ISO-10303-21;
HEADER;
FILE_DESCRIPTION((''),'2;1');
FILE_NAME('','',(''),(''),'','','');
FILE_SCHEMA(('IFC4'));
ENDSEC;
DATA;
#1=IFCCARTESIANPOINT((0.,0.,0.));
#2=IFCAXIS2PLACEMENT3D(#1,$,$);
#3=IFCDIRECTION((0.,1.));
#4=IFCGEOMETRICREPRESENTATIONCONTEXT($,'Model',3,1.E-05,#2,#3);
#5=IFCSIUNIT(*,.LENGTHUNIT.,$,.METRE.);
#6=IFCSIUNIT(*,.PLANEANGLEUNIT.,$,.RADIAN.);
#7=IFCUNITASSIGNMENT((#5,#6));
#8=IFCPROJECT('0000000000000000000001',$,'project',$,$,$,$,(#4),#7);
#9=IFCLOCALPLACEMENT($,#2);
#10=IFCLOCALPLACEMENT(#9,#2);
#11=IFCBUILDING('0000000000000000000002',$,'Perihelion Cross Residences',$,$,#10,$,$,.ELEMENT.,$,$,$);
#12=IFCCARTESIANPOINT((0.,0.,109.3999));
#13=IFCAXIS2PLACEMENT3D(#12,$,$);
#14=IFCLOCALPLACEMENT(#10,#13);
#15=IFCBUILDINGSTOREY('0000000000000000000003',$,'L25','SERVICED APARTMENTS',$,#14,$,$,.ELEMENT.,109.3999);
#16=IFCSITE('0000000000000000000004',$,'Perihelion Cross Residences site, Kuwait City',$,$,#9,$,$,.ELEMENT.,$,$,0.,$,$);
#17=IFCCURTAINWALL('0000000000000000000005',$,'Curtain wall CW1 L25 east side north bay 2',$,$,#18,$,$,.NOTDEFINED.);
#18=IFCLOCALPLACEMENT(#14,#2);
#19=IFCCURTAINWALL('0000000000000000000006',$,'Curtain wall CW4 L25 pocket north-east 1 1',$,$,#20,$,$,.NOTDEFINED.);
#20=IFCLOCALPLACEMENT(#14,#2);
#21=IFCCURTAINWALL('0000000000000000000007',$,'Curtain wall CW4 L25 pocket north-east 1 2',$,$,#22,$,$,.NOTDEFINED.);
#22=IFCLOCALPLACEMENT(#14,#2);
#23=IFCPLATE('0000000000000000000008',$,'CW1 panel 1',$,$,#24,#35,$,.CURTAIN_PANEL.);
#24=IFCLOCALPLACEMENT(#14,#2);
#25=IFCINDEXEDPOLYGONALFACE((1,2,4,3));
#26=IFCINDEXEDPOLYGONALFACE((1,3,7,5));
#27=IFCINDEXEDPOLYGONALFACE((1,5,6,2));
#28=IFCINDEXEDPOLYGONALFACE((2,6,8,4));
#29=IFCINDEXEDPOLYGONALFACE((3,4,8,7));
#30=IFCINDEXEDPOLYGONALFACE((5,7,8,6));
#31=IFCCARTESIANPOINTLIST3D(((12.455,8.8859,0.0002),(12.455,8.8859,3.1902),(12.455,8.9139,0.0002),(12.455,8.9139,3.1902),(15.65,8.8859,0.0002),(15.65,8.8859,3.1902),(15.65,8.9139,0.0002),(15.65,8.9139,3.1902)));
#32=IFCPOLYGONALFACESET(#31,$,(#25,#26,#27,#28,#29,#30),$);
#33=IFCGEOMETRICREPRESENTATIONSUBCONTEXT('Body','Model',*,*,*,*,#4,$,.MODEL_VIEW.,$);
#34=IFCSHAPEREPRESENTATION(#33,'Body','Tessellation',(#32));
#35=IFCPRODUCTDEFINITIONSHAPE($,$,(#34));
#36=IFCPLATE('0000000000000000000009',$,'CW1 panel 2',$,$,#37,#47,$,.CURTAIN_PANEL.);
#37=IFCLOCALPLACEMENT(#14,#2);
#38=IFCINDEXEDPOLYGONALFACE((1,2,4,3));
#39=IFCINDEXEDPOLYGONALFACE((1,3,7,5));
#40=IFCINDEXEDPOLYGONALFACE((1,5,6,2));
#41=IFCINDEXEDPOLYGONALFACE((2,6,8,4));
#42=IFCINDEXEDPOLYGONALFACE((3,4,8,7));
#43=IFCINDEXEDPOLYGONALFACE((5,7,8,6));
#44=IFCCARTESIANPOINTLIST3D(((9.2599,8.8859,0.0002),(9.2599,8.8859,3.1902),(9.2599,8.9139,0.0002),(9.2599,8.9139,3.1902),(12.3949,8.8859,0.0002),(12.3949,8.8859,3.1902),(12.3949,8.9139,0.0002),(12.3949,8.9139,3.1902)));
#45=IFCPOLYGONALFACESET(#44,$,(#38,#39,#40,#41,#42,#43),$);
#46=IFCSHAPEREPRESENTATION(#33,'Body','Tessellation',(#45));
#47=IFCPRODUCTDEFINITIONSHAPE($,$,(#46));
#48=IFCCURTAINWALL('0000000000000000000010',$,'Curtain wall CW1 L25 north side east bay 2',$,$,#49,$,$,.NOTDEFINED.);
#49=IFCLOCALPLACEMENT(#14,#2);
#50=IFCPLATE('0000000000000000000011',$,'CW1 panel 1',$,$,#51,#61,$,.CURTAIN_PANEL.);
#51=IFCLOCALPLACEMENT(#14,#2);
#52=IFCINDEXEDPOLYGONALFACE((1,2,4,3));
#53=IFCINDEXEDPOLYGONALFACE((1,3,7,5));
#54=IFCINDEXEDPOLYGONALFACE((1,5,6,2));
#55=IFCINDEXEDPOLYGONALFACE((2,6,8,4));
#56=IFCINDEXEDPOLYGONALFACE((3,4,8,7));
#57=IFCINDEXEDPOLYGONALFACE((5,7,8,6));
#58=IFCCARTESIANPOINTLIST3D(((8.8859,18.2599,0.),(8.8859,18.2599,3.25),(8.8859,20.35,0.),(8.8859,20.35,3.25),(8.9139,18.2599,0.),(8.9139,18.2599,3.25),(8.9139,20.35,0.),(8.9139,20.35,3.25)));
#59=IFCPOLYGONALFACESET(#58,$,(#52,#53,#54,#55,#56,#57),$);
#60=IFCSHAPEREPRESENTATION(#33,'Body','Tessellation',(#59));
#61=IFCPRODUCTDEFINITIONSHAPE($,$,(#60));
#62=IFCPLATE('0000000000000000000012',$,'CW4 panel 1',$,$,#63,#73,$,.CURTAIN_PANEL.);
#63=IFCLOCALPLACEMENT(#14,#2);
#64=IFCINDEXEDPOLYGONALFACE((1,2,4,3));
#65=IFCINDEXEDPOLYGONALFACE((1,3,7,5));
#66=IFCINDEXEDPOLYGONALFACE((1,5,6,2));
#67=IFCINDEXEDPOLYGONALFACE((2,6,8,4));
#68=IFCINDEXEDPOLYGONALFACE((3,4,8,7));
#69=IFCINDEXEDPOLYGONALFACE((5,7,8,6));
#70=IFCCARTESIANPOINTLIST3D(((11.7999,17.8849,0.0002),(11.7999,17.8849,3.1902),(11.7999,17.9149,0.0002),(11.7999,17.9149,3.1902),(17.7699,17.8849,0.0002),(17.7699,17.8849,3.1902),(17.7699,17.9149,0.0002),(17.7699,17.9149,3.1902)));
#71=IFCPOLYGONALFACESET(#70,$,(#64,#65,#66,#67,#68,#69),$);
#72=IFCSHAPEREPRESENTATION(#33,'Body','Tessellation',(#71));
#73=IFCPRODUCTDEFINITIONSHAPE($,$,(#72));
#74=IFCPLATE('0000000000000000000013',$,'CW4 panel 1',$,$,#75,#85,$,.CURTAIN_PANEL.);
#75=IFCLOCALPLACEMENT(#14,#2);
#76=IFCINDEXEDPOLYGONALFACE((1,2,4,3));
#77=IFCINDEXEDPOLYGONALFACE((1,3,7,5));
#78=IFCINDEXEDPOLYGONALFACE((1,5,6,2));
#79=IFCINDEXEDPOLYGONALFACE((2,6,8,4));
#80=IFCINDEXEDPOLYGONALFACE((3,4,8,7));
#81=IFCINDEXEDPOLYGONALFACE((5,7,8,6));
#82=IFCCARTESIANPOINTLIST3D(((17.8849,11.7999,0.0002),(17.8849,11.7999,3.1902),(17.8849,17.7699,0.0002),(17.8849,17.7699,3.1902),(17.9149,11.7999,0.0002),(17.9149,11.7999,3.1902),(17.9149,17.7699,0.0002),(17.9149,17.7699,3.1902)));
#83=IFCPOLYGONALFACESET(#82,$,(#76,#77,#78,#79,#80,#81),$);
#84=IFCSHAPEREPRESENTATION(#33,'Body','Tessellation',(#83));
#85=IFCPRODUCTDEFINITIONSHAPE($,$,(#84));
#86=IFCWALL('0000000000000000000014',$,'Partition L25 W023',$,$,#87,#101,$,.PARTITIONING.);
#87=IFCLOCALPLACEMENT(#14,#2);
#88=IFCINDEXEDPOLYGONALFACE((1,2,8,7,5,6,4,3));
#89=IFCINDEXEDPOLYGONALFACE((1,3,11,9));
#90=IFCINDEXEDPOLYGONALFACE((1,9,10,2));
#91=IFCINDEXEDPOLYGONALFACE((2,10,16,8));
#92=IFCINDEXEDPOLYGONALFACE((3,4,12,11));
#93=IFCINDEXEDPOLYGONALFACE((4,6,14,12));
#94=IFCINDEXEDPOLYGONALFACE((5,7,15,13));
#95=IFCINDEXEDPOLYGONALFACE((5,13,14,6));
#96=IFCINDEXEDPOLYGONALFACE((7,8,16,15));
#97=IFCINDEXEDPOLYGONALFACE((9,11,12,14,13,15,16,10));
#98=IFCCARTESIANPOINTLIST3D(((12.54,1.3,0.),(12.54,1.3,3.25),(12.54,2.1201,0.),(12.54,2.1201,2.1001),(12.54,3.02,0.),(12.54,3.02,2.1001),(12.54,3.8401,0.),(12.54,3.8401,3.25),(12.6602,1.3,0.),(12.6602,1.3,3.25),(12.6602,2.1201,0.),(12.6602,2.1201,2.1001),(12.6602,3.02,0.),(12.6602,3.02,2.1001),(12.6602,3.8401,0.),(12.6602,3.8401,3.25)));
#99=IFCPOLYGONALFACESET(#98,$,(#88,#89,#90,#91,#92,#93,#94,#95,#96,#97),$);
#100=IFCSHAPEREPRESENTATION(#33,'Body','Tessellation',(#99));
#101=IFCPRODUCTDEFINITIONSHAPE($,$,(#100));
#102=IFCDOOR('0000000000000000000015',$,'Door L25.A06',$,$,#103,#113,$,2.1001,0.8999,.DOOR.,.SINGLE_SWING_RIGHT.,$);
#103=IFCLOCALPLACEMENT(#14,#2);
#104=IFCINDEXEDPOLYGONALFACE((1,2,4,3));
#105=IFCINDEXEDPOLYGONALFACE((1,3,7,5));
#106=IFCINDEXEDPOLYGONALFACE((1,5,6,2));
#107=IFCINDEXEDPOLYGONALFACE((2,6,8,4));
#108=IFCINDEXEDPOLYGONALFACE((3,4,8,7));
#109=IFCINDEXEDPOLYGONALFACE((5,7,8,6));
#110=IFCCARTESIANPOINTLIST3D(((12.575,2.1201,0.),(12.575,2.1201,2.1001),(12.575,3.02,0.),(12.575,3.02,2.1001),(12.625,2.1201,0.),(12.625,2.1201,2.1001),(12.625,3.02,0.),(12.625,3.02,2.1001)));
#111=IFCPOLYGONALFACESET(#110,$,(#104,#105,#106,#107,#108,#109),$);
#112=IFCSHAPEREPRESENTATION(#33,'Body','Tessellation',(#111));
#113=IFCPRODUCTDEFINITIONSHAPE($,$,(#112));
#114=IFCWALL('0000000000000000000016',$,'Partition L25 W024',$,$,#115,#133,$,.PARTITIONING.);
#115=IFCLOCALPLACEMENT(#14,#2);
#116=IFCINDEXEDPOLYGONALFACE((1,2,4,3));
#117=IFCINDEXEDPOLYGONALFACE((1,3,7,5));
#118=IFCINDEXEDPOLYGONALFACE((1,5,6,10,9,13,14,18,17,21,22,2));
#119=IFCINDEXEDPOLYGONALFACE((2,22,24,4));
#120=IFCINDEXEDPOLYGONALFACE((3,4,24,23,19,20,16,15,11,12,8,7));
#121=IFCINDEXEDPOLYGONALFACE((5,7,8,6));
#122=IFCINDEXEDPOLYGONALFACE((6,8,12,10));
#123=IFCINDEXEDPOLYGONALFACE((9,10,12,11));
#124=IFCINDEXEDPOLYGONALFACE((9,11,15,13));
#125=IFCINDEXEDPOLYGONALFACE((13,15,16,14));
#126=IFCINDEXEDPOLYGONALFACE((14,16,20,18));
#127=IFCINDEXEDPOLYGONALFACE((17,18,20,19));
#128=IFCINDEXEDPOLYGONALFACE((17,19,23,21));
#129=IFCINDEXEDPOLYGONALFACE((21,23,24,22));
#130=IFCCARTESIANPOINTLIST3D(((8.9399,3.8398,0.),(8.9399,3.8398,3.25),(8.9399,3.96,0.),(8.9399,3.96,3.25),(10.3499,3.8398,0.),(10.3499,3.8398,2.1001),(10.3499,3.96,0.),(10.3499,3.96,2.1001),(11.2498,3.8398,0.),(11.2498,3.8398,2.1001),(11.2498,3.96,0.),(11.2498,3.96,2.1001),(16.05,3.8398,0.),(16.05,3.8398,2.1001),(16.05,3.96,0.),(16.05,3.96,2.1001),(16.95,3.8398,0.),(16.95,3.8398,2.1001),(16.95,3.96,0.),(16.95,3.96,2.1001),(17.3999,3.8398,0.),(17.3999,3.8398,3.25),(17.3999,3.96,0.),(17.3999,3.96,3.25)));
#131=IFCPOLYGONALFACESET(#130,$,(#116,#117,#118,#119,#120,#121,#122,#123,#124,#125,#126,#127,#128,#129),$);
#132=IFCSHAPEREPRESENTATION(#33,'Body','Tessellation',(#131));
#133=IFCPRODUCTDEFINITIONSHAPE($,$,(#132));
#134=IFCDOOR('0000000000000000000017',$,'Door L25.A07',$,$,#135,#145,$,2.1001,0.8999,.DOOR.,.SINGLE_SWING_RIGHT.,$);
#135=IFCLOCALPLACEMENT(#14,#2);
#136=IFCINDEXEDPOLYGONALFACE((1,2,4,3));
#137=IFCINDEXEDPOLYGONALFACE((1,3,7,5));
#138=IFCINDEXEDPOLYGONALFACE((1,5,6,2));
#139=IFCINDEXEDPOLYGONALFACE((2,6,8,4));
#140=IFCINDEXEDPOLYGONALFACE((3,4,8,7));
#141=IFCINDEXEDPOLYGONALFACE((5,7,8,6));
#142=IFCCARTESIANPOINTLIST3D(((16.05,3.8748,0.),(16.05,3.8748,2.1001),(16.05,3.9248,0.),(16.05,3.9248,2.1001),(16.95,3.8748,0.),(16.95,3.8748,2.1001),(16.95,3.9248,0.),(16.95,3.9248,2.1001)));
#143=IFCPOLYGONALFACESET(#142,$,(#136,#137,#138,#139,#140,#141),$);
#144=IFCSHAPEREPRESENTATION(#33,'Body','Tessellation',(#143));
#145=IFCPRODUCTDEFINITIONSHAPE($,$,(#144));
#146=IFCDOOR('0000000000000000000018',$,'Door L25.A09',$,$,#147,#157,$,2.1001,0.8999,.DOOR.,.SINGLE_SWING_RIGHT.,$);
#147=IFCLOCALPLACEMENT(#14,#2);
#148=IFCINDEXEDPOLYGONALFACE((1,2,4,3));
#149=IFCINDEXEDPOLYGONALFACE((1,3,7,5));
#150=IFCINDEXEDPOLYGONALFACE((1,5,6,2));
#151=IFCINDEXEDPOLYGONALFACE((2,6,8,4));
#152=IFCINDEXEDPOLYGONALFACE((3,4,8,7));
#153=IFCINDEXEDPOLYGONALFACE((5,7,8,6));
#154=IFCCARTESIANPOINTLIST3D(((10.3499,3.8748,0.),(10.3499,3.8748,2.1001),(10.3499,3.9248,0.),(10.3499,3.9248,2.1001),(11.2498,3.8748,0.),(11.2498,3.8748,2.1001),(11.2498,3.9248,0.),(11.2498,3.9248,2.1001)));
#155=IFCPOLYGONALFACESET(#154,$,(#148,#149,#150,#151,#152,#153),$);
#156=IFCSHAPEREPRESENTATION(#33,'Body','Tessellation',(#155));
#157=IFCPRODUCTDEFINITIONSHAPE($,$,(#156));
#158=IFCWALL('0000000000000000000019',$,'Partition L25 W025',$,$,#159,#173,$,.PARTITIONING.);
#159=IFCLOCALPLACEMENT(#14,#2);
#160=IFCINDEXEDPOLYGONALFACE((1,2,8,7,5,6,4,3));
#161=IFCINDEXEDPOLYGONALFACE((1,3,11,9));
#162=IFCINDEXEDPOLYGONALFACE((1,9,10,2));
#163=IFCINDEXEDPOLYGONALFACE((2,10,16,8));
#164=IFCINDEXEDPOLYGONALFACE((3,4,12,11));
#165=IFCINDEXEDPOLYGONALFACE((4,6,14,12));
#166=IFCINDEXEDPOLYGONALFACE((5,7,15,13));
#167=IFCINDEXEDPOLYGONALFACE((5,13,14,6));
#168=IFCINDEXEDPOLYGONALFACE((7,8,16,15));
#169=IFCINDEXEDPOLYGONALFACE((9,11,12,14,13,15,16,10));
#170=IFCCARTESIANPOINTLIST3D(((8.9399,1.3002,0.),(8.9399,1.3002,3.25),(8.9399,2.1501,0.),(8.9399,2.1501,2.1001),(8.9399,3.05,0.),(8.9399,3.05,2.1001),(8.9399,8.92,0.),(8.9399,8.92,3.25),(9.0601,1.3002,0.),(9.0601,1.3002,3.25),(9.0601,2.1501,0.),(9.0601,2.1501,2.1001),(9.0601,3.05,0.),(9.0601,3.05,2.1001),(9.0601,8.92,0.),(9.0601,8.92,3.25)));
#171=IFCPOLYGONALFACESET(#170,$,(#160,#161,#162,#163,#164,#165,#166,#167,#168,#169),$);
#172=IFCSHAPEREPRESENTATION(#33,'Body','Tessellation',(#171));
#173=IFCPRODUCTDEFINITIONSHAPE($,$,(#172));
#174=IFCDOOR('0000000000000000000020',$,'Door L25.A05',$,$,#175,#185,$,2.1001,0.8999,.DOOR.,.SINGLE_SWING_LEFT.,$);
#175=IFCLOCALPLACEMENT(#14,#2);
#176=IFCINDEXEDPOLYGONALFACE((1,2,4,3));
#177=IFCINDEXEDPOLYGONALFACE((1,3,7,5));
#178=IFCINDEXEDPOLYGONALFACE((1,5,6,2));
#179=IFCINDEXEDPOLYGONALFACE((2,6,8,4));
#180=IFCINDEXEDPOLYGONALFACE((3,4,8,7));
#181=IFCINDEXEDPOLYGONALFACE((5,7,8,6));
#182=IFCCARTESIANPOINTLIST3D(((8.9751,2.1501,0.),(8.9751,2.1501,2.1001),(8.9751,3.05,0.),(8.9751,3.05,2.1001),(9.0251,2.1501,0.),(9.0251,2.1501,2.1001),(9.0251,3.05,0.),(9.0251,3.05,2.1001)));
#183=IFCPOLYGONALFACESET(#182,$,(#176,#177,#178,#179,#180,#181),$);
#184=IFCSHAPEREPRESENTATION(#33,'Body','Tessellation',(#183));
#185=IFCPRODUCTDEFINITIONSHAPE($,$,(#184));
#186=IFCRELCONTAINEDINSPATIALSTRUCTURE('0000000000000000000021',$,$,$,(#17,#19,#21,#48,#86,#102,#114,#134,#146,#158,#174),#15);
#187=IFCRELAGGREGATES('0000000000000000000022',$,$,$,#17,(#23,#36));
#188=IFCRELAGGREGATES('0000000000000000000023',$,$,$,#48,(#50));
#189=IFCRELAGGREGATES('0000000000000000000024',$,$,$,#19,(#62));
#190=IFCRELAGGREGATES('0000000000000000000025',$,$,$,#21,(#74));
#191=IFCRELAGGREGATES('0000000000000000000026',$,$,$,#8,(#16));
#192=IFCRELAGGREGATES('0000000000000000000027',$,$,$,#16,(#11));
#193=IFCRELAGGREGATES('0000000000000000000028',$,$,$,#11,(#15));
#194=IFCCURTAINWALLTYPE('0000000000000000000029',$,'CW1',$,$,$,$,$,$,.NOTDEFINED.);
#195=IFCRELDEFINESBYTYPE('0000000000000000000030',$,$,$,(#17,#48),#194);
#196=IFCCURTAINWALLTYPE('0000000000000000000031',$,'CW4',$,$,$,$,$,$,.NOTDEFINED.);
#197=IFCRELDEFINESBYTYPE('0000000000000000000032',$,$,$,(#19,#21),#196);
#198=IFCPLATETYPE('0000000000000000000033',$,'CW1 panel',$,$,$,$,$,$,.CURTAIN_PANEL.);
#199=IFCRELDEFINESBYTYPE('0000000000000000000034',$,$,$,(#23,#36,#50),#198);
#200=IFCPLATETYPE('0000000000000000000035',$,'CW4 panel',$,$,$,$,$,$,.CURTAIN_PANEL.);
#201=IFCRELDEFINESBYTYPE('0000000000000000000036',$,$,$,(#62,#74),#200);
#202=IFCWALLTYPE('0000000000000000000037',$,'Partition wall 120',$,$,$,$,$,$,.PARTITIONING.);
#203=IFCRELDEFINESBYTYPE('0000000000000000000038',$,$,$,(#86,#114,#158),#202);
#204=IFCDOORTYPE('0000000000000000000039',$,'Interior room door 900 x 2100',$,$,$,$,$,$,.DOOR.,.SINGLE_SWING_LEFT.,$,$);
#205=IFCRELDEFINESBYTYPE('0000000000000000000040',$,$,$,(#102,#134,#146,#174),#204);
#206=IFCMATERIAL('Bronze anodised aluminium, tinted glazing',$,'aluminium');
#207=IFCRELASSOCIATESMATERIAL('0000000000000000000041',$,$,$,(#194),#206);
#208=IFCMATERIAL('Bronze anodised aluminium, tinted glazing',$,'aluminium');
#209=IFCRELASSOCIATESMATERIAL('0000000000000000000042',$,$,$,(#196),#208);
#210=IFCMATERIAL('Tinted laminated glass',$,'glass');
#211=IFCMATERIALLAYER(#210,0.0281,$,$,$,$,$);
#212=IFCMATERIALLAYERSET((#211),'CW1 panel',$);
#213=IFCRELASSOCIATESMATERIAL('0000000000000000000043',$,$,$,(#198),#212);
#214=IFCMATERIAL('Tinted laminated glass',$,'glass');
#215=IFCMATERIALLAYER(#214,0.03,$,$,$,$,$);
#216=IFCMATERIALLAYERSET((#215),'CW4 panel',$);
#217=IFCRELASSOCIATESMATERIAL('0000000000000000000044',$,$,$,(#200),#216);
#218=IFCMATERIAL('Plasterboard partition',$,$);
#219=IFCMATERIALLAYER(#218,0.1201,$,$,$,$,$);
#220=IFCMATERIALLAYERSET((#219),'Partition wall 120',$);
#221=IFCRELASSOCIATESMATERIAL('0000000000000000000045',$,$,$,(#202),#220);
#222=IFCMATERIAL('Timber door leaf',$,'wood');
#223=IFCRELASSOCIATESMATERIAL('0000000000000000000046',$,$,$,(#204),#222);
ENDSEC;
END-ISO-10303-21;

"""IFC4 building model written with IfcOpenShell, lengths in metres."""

from ifc_helpers import new_model, si_unit, direction, frame, frame_2d, origin, origin_2d, place, context, subcontext, project, spatial, rectangle, extrude, material, layer, layer_set, type_object, element, fill, aggregate, save


model = new_model("IFC4")

# Units and contexts
model_context = context("Model", 3, precision=1e-05, world=origin(), true_north=direction((0.0, 1.0)))
body_context = subcontext(model_context, "Body", "Model", "MODEL_VIEW")
ifc_project = project(units=[si_unit("LENGTHUNIT", "METRE"), si_unit("PLANEANGLEUNIT", "RADIAN")], contexts=[model_context])

# Site, building, storey
site_placement = place(None, origin())
site = spatial("IfcSite", under=ifc_project, at=site_placement, Name="Perihelion Cross Residences site, Kuwait City", CompositionType="ELEMENT", RefElevation=0.0)
building_placement = place(site_placement, origin())
building = spatial("IfcBuilding", under=site, at=building_placement, Name="Perihelion Cross Residences", CompositionType="ELEMENT")
storey_placement = place(building_placement, frame((0.0, 0.0, 109.3999)))
storey = spatial("IfcBuildingStorey", under=building, at=storey_placement, Name="L25", Description="SERVICED APARTMENTS", CompositionType="ELEMENT", Elevation=109.3999)

# Curtain walls
ifc_material_1 = material(Name="Bronze anodised aluminium, tinted glazing", Category="aluminium")
curtain_wall_type_1 = type_object("IfcCurtainWallType", Name="CW1", PredefinedType="NOTDEFINED", material=ifc_material_1)
curtain_wall_1_placement = place(storey_placement, origin())
curtain_wall_1 = element("IfcCurtainWall", 1, at=curtain_wall_1_placement, inside=storey, type_object=curtain_wall_type_1, Name="Curtain wall CW1 L25 east side north bay 2", PredefinedType="NOTDEFINED")
ifc_material_2 = material(Name="Bronze anodised aluminium, tinted glazing", Category="aluminium")
curtain_wall_type_2 = type_object("IfcCurtainWallType", Name="CW4", PredefinedType="NOTDEFINED", material=ifc_material_2)
curtain_wall_2_placement = place(storey_placement, origin())
curtain_wall_2 = element("IfcCurtainWall", 2, at=curtain_wall_2_placement, inside=storey, type_object=curtain_wall_type_2, Name="Curtain wall CW4 L25 pocket north-east 1 1", PredefinedType="NOTDEFINED")
curtain_wall_3_placement = place(storey_placement, origin())
curtain_wall_3 = element("IfcCurtainWall", 3, at=curtain_wall_3_placement, inside=storey, type_object=curtain_wall_type_2, Name="Curtain wall CW4 L25 pocket north-east 1 2", PredefinedType="NOTDEFINED")

# Plates
ifc_material_3 = material(Name="Tinted laminated glass", Category="glass")
ifc_layer_1 = layer(ifc_material_3, 0.0281)
ifc_layer_set_1 = layer_set([ifc_layer_1], Name="CW1 panel")
plate_type_1 = type_object("IfcPlateType", Name="CW1 panel", PredefinedType="CURTAIN_PANEL", material=ifc_layer_set_1)
plate_1_placement = place(storey_placement, frame((14.0525, 8.8999, 0.0002), z_axis=(0.0, 0.0, 1.0), x_axis=(-1.0, 0.0, 0.0)))
plate_1 = element("IfcPlate", 4, at=plate_1_placement, type_object=plate_type_1, Name="CW1 panel 1", PredefinedType="CURTAIN_PANEL", context=body_context, shape_type="SweptSolid", body=[
    extrude(rectangle(XDim=3.1951, YDim=0.0281, at=origin_2d()), origin(), (0.0, 0.0, 1.0), 3.1899),
])
plate_2_placement = place(storey_placement, frame((10.8274, 8.8999, 0.0002), z_axis=(0.0, 0.0, 1.0), x_axis=(-1.0, 0.0, 0.0)))
plate_2 = element("IfcPlate", 5, at=plate_2_placement, type_object=plate_type_1, Name="CW1 panel 2", PredefinedType="CURTAIN_PANEL", context=body_context, shape_type="SweptSolid", body=[
    extrude(rectangle(XDim=3.135, YDim=0.0281, at=origin_2d()), origin(), (0.0, 0.0, 1.0), 3.1899),
])
aggregate(curtain_wall_1, [plate_1, plate_2])

# Curtain wall, plate
curtain_wall_4_placement = place(storey_placement, origin())
curtain_wall_4 = element("IfcCurtainWall", 6, at=curtain_wall_4_placement, inside=storey, type_object=curtain_wall_type_1, Name="Curtain wall CW1 L25 north side east bay 2", PredefinedType="NOTDEFINED")
plate_3_placement = place(storey_placement, frame((8.8999, 19.3049, 0.0), z_axis=(0.0, 0.0, 1.0), x_axis=(0.0, 1.0, 0.0)))
plate_3 = element("IfcPlate", 7, at=plate_3_placement, type_object=plate_type_1, Name="CW1 panel 1", PredefinedType="CURTAIN_PANEL", context=body_context, shape_type="SweptSolid", body=[
    extrude(rectangle(XDim=2.0901, YDim=0.0281, at=origin_2d()), origin(), (0.0, 0.0, 1.0), 3.25),
])
aggregate(curtain_wall_4, [plate_3])

# Plates
ifc_material_4 = material(Name="Tinted laminated glass", Category="glass")
ifc_layer_2 = layer(ifc_material_4, 0.03)
ifc_layer_set_2 = layer_set([ifc_layer_2], Name="CW4 panel")
plate_type_2 = type_object("IfcPlateType", Name="CW4 panel", PredefinedType="CURTAIN_PANEL", material=ifc_layer_set_2)
plate_4_placement = place(storey_placement, frame((14.7849, 17.8999, 0.0002), z_axis=(0.0, 0.0, 1.0), x_axis=(1.0, 0.0, 0.0)))
plate_4 = element("IfcPlate", 8, at=plate_4_placement, type_object=plate_type_2, Name="CW4 panel 1", PredefinedType="CURTAIN_PANEL", context=body_context, shape_type="SweptSolid", body=[
    extrude(rectangle(XDim=5.97, YDim=0.03, at=origin_2d()), origin(), (0.0, 0.0, 1.0), 3.1899),
])
aggregate(curtain_wall_2, [plate_4])
plate_5_placement = place(storey_placement, frame((17.8999, 14.7849, 0.0002), z_axis=(0.0, 0.0, 1.0), x_axis=(0.0, -1.0, 0.0)))
plate_5 = element("IfcPlate", 9, at=plate_5_placement, type_object=plate_type_2, Name="CW4 panel 1", PredefinedType="CURTAIN_PANEL", context=body_context, shape_type="SweptSolid", body=[
    extrude(rectangle(XDim=5.97, YDim=0.03, at=origin_2d()), origin(), (0.0, 0.0, 1.0), 3.1899),
])
aggregate(curtain_wall_3, [plate_5])

# Wall, opening, door
ifc_material_5 = material(Name="Plasterboard partition")
ifc_layer_3 = layer(ifc_material_5, 0.1201)
ifc_layer_set_3 = layer_set([ifc_layer_3], Name="Partition wall 120")
wall_type_1 = type_object("IfcWallType", Name="Partition wall 120", PredefinedType="PARTITIONING", material=ifc_layer_set_3)
wall_1_placement = place(storey_placement, frame((12.6001, 3.8401, 0.0), z_axis=(0.0, 0.0, 1.0), x_axis=(0.0, -1.0, 0.0)))
wall_1 = element("IfcWall", 10, at=wall_1_placement, inside=storey, type_object=wall_type_1, Name="Partition L25 W023", PredefinedType="PARTITIONING", context=body_context, shape_type="SweptSolid", body=[
    extrude(rectangle(XDim=2.54, YDim=0.1201, at=frame_2d((1.27, 0.0))), origin(), (0.0, 0.0, 1.0), 3.25),
])
opening_1_placement = place(wall_1_placement, frame((0.8201, 0.0, 0.0)))
opening_1 = element("IfcOpeningElement", 11, at=opening_1_placement, cuts=wall_1, PredefinedType="OPENING", context=body_context, shape_type="SweptSolid", body=[
    extrude(rectangle(XDim=0.8999, YDim=2.1001, at=frame_2d((0.45, 1.05))), frame((0.0, 0.0701, 0.0), z_axis=(0.0, -1.0, 0.0), x_axis=(1.0, 0.0, 0.0)), (0.0, 0.0, 1.0), 0.1401),
])
ifc_material_6 = material(Name="Timber door leaf", Category="wood")
door_type_1 = type_object("IfcDoorType", Name="Interior room door 900 x 2100", OperationType="SINGLE_SWING_LEFT", PredefinedType="DOOR", material=ifc_material_6)
door_1_placement = place(opening_1_placement, origin())
door_1 = element("IfcDoor", 12, at=door_1_placement, inside=storey, type_object=door_type_1, Name="Door L25.A06", OperationType="SINGLE_SWING_RIGHT", OverallHeight=2.1001, OverallWidth=0.8999, PredefinedType="DOOR", context=body_context, shape_type="SweptSolid", body=[
    extrude(rectangle(XDim=0.8999, YDim=2.1001, at=frame_2d((0.45, 1.05))), frame((0.0, 0.0249, 0.0), z_axis=(0.0, -1.0, 0.0), x_axis=(1.0, 0.0, 0.0)), (0.0, 0.0, 1.0), 0.05),
])
fill(opening_1, door_1)

# Wall, openings, doors
wall_2_placement = place(storey_placement, frame((8.9399, 3.8999, 0.0), z_axis=(0.0, 0.0, 1.0), x_axis=(1.0, 0.0, 0.0)))
wall_2 = element("IfcWall", 13, at=wall_2_placement, inside=storey, type_object=wall_type_1, Name="Partition L25 W024", PredefinedType="PARTITIONING", context=body_context, shape_type="SweptSolid", body=[
    extrude(rectangle(XDim=8.46, YDim=0.1201, at=frame_2d((4.23, 0.0))), origin(), (0.0, 0.0, 1.0), 3.25),
])
opening_2_placement = place(wall_2_placement, frame((7.1101, 0.0, 0.0)))
opening_2 = element("IfcOpeningElement", 14, at=opening_2_placement, cuts=wall_2, PredefinedType="OPENING", context=body_context, shape_type="SweptSolid", body=[
    extrude(rectangle(XDim=0.8999, YDim=2.1001, at=frame_2d((0.45, 1.05))), frame((0.0, 0.0701, 0.0), z_axis=(0.0, -1.0, 0.0), x_axis=(1.0, 0.0, 0.0)), (0.0, 0.0, 1.0), 0.1401),
])
opening_3_placement = place(wall_2_placement, frame((1.4099, 0.0, 0.0)))
opening_3 = element("IfcOpeningElement", 15, at=opening_3_placement, cuts=wall_2, PredefinedType="OPENING", context=body_context, shape_type="SweptSolid", body=[
    extrude(rectangle(XDim=0.8999, YDim=2.1001, at=frame_2d((0.45, 1.05))), frame((0.0, 0.0701, 0.0), z_axis=(0.0, -1.0, 0.0), x_axis=(1.0, 0.0, 0.0)), (0.0, 0.0, 1.0), 0.1401),
])
door_2_placement = place(opening_2_placement, origin())
door_2 = element("IfcDoor", 16, at=door_2_placement, inside=storey, type_object=door_type_1, Name="Door L25.A07", OperationType="SINGLE_SWING_RIGHT", OverallHeight=2.1001, OverallWidth=0.8999, PredefinedType="DOOR", context=body_context, shape_type="SweptSolid", body=[
    extrude(rectangle(XDim=0.8999, YDim=2.1001, at=frame_2d((0.45, 1.05))), frame((0.0, 0.0249, 0.0), z_axis=(0.0, -1.0, 0.0), x_axis=(1.0, 0.0, 0.0)), (0.0, 0.0, 1.0), 0.05),
])
fill(opening_2, door_2)
door_3_placement = place(opening_3_placement, origin())
door_3 = element("IfcDoor", 17, at=door_3_placement, inside=storey, type_object=door_type_1, Name="Door L25.A09", OperationType="SINGLE_SWING_RIGHT", OverallHeight=2.1001, OverallWidth=0.8999, PredefinedType="DOOR", context=body_context, shape_type="SweptSolid", body=[
    extrude(rectangle(XDim=0.8999, YDim=2.1001, at=frame_2d((0.45, 1.05))), frame((0.0, 0.0249, 0.0), z_axis=(0.0, -1.0, 0.0), x_axis=(1.0, 0.0, 0.0)), (0.0, 0.0, 1.0), 0.05),
])
fill(opening_3, door_3)

# Wall, opening, door
wall_3_placement = place(storey_placement, frame((9.0, 1.3, 0.0), z_axis=(0.0, 0.0, 1.0), x_axis=(0.0, 1.0, 0.0)))
wall_3 = element("IfcWall", 18, at=wall_3_placement, inside=storey, type_object=wall_type_1, Name="Partition L25 W025", PredefinedType="PARTITIONING", context=body_context, shape_type="SweptSolid", body=[
    extrude(rectangle(XDim=7.6199, YDim=0.1201, at=frame_2d((3.8101, 0.0))), origin(), (0.0, 0.0, 1.0), 3.25),
])
opening_4_placement = place(wall_3_placement, frame((0.8501, 0.0, 0.0)))
opening_4 = element("IfcOpeningElement", 19, at=opening_4_placement, cuts=wall_3, PredefinedType="OPENING", context=body_context, shape_type="SweptSolid", body=[
    extrude(rectangle(XDim=0.8999, YDim=2.1001, at=frame_2d((0.45, 1.05))), frame((0.0, 0.0701, 0.0), z_axis=(0.0, -1.0, 0.0), x_axis=(1.0, 0.0, 0.0)), (0.0, 0.0, 1.0), 0.1401),
])
door_4_placement = place(opening_4_placement, origin())
door_4 = element("IfcDoor", 20, at=door_4_placement, inside=storey, type_object=door_type_1, Name="Door L25.A05", OperationType="SINGLE_SWING_LEFT", OverallHeight=2.1001, OverallWidth=0.8999, PredefinedType="DOOR", context=body_context, shape_type="SweptSolid", body=[
    extrude(rectangle(XDim=0.8999, YDim=2.1001, at=frame_2d((0.45, 1.05))), frame((0.0, 0.0249, 0.0), z_axis=(0.0, -1.0, 0.0), x_axis=(1.0, 0.0, 0.0)), (0.0, 0.0, 1.0), 0.05),
])
fill(opening_4, door_4)

save(model, "model.ifc")
